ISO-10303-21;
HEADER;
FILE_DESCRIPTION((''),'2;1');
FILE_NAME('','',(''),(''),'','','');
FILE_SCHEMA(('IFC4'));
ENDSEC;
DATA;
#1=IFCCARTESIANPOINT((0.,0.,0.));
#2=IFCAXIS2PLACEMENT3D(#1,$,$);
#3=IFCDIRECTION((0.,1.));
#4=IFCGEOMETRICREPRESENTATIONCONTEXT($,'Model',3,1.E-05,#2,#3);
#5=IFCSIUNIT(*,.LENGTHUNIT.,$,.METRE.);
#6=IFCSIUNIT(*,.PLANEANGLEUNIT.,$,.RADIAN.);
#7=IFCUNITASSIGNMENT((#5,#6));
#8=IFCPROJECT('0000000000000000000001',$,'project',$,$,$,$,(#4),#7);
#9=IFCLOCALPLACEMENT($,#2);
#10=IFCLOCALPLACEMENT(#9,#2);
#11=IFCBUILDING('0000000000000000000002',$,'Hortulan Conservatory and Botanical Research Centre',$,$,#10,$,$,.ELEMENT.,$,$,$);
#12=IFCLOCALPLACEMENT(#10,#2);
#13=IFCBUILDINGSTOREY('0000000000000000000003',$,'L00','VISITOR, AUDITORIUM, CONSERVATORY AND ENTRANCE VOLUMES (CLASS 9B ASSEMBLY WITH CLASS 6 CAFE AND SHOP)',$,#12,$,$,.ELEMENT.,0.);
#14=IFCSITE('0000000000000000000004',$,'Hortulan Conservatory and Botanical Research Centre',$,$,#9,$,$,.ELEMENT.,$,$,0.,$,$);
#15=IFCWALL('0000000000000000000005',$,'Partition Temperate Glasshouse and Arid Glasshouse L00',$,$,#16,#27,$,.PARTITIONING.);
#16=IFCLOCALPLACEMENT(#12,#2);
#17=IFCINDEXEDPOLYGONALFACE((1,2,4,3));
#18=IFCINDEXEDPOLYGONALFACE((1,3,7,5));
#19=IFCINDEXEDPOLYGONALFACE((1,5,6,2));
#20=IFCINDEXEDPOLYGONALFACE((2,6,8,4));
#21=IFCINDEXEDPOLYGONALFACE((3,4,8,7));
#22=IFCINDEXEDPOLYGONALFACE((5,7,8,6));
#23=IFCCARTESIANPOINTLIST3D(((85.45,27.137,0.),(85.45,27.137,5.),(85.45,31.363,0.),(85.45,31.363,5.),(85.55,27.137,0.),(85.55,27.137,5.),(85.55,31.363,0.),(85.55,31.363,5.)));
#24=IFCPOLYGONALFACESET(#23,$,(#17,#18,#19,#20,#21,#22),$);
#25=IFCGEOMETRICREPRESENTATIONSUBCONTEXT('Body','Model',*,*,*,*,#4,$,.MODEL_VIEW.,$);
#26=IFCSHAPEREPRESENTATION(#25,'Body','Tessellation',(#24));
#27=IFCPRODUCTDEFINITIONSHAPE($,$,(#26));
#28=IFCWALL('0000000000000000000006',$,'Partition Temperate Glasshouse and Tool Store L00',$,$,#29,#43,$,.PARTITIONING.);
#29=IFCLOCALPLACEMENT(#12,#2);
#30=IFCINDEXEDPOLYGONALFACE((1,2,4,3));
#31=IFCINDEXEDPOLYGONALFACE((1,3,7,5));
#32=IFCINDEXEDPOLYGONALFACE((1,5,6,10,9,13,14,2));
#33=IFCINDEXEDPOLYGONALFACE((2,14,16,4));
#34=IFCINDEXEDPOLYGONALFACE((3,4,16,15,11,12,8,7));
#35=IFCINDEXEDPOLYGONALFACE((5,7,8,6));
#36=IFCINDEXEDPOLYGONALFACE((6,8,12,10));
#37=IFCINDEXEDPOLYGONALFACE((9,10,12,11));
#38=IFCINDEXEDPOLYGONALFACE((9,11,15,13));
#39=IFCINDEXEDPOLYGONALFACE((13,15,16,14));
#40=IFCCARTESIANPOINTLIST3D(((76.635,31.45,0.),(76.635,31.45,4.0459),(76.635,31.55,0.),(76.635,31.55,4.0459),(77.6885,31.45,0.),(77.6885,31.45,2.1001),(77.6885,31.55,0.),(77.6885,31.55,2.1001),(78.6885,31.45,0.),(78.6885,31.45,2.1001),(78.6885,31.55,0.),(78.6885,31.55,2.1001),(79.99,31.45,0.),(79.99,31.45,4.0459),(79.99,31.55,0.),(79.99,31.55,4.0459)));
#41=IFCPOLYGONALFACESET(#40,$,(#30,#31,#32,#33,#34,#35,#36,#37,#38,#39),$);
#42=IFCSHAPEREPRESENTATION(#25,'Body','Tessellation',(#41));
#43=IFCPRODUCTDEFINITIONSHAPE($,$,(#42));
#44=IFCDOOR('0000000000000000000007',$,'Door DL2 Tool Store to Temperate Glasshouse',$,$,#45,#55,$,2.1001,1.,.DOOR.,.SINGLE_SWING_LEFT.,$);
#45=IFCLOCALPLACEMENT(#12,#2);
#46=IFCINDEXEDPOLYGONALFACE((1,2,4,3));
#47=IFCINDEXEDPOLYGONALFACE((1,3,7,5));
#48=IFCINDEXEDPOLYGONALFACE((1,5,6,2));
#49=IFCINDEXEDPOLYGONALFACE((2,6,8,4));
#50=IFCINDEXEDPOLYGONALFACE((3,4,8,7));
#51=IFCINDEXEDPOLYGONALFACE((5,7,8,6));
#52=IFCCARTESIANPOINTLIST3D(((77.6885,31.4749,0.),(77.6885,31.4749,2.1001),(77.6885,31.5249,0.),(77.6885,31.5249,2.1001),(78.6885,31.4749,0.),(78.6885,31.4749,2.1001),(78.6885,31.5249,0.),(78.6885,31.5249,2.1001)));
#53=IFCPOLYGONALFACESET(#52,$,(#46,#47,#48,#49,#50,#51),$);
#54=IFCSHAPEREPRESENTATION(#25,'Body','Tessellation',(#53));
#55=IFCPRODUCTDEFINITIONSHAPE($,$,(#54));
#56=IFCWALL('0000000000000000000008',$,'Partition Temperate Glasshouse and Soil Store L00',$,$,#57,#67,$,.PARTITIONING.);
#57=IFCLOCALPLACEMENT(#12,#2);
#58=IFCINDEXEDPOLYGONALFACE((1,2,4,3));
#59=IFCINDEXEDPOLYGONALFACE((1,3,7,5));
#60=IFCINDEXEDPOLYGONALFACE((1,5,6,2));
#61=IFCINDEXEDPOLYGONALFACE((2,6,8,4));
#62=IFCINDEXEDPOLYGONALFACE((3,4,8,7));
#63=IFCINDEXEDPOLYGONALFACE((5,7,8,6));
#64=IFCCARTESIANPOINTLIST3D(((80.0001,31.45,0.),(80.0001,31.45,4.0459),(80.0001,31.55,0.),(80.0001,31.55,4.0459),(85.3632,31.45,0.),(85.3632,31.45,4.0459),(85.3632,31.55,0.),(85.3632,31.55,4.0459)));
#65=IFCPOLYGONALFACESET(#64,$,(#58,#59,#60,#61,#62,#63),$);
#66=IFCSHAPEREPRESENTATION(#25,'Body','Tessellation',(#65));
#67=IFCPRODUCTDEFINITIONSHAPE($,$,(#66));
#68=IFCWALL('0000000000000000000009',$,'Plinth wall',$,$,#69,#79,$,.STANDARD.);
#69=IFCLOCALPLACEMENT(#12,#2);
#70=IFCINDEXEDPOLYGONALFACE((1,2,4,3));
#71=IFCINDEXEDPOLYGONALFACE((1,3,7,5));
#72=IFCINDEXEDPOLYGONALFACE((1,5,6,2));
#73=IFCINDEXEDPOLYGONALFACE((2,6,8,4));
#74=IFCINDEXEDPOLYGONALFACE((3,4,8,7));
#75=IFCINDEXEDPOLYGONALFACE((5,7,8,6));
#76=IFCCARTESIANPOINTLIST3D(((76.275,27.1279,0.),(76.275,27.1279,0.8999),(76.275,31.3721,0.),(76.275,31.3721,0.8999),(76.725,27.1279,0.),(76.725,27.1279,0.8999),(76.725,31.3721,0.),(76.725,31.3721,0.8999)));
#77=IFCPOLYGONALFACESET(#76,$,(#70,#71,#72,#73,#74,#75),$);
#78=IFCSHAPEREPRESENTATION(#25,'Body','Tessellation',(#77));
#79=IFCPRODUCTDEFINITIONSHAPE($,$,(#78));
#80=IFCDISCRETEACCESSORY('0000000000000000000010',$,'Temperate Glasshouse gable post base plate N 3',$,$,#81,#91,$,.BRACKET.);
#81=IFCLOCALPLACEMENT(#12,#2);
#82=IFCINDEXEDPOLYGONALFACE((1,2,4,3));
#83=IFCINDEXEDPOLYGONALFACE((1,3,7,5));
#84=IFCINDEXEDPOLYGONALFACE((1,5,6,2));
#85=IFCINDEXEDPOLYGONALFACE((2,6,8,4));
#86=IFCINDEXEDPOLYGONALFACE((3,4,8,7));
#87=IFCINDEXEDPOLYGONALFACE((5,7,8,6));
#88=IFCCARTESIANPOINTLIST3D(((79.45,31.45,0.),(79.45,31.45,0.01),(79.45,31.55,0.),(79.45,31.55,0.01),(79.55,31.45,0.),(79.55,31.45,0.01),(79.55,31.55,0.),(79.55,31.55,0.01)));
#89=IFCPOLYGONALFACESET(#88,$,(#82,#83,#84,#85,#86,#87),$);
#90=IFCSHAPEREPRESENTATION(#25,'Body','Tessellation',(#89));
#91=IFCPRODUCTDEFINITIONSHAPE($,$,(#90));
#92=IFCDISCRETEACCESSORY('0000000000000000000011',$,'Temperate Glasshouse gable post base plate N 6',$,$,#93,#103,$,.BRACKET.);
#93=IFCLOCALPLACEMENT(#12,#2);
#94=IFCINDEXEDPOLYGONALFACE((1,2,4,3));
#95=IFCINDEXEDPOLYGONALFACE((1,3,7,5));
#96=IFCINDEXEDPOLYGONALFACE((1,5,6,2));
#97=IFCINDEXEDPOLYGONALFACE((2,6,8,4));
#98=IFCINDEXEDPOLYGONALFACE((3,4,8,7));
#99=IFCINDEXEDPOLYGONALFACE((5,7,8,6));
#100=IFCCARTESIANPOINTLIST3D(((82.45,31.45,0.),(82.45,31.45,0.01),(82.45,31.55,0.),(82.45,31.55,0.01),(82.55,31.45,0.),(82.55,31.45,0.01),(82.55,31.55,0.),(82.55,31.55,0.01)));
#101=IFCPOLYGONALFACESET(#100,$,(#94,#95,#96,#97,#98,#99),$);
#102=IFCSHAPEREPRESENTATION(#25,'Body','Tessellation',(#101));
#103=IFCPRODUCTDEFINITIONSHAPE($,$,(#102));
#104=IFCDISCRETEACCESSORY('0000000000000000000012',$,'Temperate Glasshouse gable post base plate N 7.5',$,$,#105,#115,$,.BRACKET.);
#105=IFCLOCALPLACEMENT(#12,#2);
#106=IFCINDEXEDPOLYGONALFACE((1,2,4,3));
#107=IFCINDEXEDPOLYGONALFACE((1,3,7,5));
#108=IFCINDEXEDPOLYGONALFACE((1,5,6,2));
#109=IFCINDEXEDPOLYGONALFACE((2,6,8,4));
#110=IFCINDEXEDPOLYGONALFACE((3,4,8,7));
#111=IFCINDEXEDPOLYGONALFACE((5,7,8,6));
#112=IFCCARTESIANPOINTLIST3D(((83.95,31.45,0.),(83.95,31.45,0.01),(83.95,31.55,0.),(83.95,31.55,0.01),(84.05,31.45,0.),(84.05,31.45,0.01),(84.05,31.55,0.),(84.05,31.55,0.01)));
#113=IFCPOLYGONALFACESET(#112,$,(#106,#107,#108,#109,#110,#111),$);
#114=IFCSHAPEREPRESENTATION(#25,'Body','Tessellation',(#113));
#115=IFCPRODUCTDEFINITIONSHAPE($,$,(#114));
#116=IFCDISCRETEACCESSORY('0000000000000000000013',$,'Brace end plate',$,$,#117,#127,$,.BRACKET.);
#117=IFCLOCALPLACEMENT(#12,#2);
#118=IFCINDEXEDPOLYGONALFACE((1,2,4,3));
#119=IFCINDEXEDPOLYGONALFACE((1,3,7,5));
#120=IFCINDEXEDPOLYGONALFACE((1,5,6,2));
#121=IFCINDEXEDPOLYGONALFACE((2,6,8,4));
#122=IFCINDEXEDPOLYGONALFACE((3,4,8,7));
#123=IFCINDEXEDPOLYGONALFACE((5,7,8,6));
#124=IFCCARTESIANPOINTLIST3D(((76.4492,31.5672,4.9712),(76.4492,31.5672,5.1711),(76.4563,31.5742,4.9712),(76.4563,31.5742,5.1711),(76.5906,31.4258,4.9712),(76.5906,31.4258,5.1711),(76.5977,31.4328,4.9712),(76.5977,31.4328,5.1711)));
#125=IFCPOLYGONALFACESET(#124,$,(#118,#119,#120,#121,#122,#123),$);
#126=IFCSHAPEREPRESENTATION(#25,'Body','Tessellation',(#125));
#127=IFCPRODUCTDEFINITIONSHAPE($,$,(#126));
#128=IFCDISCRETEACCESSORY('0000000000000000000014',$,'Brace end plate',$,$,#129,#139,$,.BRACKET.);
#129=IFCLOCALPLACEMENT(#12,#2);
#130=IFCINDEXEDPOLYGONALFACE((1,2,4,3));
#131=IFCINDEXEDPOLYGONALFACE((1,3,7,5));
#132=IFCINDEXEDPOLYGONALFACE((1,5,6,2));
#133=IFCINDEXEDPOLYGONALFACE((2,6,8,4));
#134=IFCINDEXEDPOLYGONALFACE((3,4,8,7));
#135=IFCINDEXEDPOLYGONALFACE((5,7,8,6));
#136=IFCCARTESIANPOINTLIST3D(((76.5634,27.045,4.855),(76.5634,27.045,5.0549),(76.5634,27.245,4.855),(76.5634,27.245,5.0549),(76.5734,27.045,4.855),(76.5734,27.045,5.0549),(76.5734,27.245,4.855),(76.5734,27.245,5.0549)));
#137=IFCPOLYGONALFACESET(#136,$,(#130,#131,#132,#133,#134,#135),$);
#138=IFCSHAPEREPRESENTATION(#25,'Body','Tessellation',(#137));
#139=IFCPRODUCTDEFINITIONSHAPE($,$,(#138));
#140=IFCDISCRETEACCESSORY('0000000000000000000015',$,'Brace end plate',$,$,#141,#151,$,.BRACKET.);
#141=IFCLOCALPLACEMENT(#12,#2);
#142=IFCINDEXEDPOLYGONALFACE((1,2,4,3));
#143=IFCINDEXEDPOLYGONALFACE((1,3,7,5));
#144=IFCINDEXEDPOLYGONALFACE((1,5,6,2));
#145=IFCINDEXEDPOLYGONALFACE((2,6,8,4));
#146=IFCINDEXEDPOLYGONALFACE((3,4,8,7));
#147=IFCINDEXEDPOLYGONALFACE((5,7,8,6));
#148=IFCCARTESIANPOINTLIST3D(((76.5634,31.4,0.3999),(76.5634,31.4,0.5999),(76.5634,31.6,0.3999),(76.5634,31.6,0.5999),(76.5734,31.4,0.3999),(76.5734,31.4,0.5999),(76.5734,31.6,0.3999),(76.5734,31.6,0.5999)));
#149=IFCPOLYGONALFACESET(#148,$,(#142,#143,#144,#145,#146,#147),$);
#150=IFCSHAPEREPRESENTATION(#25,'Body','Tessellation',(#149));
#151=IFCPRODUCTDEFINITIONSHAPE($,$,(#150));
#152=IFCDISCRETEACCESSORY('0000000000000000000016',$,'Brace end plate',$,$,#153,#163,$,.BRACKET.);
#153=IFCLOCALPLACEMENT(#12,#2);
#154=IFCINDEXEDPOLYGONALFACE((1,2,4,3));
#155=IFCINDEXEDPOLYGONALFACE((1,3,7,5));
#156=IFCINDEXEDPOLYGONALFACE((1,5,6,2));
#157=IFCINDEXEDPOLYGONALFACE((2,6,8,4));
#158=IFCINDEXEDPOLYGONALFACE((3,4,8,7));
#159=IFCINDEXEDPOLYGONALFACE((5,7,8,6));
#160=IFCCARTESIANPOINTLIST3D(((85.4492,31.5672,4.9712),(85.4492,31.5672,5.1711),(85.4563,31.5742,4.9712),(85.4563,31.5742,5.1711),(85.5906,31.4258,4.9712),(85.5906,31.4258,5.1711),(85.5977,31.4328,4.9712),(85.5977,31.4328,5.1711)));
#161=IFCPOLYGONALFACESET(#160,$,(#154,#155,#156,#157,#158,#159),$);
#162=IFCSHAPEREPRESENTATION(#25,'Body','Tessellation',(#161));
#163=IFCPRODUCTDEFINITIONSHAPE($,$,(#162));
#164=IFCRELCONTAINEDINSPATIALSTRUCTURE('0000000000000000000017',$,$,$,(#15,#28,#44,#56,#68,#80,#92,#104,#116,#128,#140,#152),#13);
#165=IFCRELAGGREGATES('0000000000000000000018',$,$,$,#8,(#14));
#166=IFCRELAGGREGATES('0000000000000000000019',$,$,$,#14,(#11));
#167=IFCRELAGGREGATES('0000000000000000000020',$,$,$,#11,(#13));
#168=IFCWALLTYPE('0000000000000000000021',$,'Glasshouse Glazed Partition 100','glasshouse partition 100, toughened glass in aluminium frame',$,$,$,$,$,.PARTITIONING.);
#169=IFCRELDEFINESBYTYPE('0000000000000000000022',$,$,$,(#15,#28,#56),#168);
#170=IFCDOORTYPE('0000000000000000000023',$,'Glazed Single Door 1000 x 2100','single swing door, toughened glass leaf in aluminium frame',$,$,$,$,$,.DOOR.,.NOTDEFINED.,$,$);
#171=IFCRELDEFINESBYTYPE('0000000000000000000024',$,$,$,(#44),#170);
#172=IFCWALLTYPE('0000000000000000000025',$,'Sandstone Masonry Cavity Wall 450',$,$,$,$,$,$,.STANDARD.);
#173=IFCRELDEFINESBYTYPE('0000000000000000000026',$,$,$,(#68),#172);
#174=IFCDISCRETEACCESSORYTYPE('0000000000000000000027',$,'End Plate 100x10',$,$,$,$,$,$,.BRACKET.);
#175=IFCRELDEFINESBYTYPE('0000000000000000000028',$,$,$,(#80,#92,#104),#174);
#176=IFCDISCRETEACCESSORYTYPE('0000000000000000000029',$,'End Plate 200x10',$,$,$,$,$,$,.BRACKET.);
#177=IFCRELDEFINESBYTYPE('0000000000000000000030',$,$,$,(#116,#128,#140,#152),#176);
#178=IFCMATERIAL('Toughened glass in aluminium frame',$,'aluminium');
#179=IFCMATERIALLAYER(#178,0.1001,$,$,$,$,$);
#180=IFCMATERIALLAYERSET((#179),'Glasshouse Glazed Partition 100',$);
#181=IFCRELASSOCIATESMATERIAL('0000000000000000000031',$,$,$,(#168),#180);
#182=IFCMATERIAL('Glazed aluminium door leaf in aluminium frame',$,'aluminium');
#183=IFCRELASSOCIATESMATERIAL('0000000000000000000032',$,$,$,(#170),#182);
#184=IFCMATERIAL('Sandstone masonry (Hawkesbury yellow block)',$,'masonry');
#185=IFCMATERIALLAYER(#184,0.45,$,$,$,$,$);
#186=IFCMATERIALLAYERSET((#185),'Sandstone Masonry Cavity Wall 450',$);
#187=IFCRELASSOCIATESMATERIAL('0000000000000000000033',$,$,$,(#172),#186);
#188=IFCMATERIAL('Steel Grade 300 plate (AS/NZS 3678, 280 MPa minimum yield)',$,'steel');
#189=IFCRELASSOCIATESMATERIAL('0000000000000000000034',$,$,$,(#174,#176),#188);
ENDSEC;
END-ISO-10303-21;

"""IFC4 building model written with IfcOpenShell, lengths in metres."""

from ifc_helpers import new_model, si_unit, direction, frame, frame_2d, origin, origin_2d, place, context, subcontext, project, spatial, rectangle, extrude, material, layer, layer_set, type_object, element, fill, save


model = new_model("IFC4")

# Units and contexts
model_context = context("Model", 3, precision=1e-05, world=origin(), true_north=direction((0.0, 1.0)))
body_context = subcontext(model_context, "Body", "Model", "MODEL_VIEW")
ifc_project = project(units=[si_unit("LENGTHUNIT", "METRE"), si_unit("PLANEANGLEUNIT", "RADIAN")], contexts=[model_context])

# Site, building, storey
site_placement = place(None, origin())
site = spatial("IfcSite", under=ifc_project, at=site_placement, Name="Hortulan Conservatory and Botanical Research Centre", CompositionType="ELEMENT", RefElevation=0.0)
building_placement = place(site_placement, origin())
building = spatial("IfcBuilding", under=site, at=building_placement, Name="Hortulan Conservatory and Botanical Research Centre", CompositionType="ELEMENT")
storey_placement = place(building_placement, origin())
storey = spatial("IfcBuildingStorey", under=building, at=storey_placement, Name="L00", Description="VISITOR, AUDITORIUM, CONSERVATORY AND ENTRANCE VOLUMES (CLASS 9B ASSEMBLY WITH CLASS 6 CAFE AND SHOP)", CompositionType="ELEMENT", Elevation=0.0)

# Wall
ifc_material_1 = material(Name="Toughened glass in aluminium frame", Category="aluminium")
ifc_layer_1 = layer(ifc_material_1, 0.1001)
ifc_layer_set_1 = layer_set([ifc_layer_1], Name="Glasshouse Glazed Partition 100")
wall_type_1 = type_object("IfcWallType", Name="Glasshouse Glazed Partition 100", Description="glasshouse partition 100, toughened glass in aluminium frame", PredefinedType="PARTITIONING", material=ifc_layer_set_1)
wall_1_placement = place(storey_placement, frame((85.5, 27.137, 0.0), z_axis=(0.0, 0.0, 1.0), x_axis=(0.0, 1.0, 0.0)))
element("IfcWall", 1, at=wall_1_placement, inside=storey, type_object=wall_type_1, Name="Partition Temperate Glasshouse and Arid Glasshouse L00", PredefinedType="PARTITIONING", context=body_context, shape_type="SweptSolid", body=[
    extrude(rectangle(XDim=4.2261, YDim=0.1001, at=frame_2d((2.113, 0.0))), origin(), (0.0, 0.0, 1.0), 5.0),
])

# Wall, opening, door
wall_2_placement = place(storey_placement, frame((76.635, 31.5, 0.0), z_axis=(0.0, 0.0, 1.0), x_axis=(1.0, 0.0, 0.0)))
wall_2 = element("IfcWall", 2, at=wall_2_placement, inside=storey, type_object=wall_type_1, Name="Partition Temperate Glasshouse and Tool Store L00", PredefinedType="PARTITIONING", context=body_context, shape_type="SweptSolid", body=[
    extrude(rectangle(XDim=3.355, YDim=0.1001, at=frame_2d((1.6775, 0.0))), origin(), (0.0, 0.0, 1.0), 4.0459),
])
opening_placement = place(wall_2_placement, frame((1.0535, 0.0, 0.0)))
opening = element("IfcOpeningElement", 3, at=opening_placement, cuts=wall_2, PredefinedType="OPENING", context=body_context, shape_type="SweptSolid", body=[
    extrude(rectangle(XDim=1.0, YDim=2.1001, at=frame_2d((0.5, 1.05))), frame((0.0, 0.0601, 0.0), z_axis=(0.0, -1.0, 0.0), x_axis=(1.0, 0.0, 0.0)), (0.0, 0.0, 1.0), 0.1201),
])
ifc_material_2 = material(Name="Glazed aluminium door leaf in aluminium frame", Category="aluminium")
door_type = type_object("IfcDoorType", Name="Glazed Single Door 1000 x 2100", Description="single swing door, toughened glass leaf in aluminium frame", OperationType="NOTDEFINED", PredefinedType="DOOR", material=ifc_material_2)
door_placement = place(opening_placement, origin())
door = element("IfcDoor", 4, at=door_placement, inside=storey, type_object=door_type, Name="Door DL2 Tool Store to Temperate Glasshouse", OperationType="SINGLE_SWING_LEFT", OverallHeight=2.1001, OverallWidth=1.0, PredefinedType="DOOR", context=body_context, shape_type="SweptSolid", body=[
    extrude(rectangle(XDim=1.0, YDim=2.1001, at=frame_2d((0.5, 1.05))), frame((0.0, 0.0249, 0.0), z_axis=(0.0, -1.0, 0.0), x_axis=(1.0, 0.0, 0.0)), (0.0, 0.0, 1.0), 0.05),
])
fill(opening, door)

# Walls
wall_3_placement = place(storey_placement, frame((80.0, 31.5, 0.0), z_axis=(0.0, 0.0, 1.0), x_axis=(1.0, 0.0, 0.0)))
element("IfcWall", 5, at=wall_3_placement, inside=storey, type_object=wall_type_1, Name="Partition Temperate Glasshouse and Soil Store L00", PredefinedType="PARTITIONING", context=body_context, shape_type="SweptSolid", body=[
    extrude(rectangle(XDim=5.363, YDim=0.1001, at=frame_2d((2.6816, 0.0))), origin(), (0.0, 0.0, 1.0), 4.0459),
])
ifc_material_3 = material(Name="Sandstone masonry (Hawkesbury yellow block)", Category="masonry")
ifc_layer_2 = layer(ifc_material_3, 0.45)
ifc_layer_set_2 = layer_set([ifc_layer_2], Name="Sandstone Masonry Cavity Wall 450")
wall_type_2 = type_object("IfcWallType", Name="Sandstone Masonry Cavity Wall 450", PredefinedType="STANDARD", material=ifc_layer_set_2)
wall_4_placement = place(storey_placement, frame((76.5, 31.3721, 0.0), z_axis=(0.0, 0.0, 1.0), x_axis=(0.0, -1.0, 0.0)))
element("IfcWall", 6, at=wall_4_placement, inside=storey, type_object=wall_type_2, Name="Plinth wall", PredefinedType="STANDARD", context=body_context, shape_type="SweptSolid", body=[
    extrude(rectangle(XDim=4.2441, YDim=0.45, at=frame_2d((2.1221, 0.0))), origin(), (0.0, 0.0, 1.0), 0.8999),
])

# Discrete accessories
ifc_material_4 = material(Name="Steel Grade 300 plate (AS/NZS 3678, 280 MPa minimum yield)", Category="steel")
discrete_accessory_type_1 = type_object("IfcDiscreteAccessoryType", Name="End Plate 100x10", PredefinedType="BRACKET", material=ifc_material_4)
for number, where, z_axis, x_axis, name in (
    (7, (79.5, 31.5, 0.0), (0.0, 0.0, 1.0), (1.0, 0.0, 0.0), "Temperate Glasshouse gable post base plate N 3"),
    (8, (82.5, 31.5, 0.0), (0.0, 0.0, 1.0), (1.0, 0.0, 0.0), "Temperate Glasshouse gable post base plate N 6"),
    (9, (84.0, 31.5, 0.0), (0.0, 0.0, 1.0), (1.0, 0.0, 0.0), "Temperate Glasshouse gable post base plate N 7.5"),
):
    element("IfcDiscreteAccessory", number, at=place(storey_placement, frame(where, z_axis=z_axis, x_axis=x_axis)), inside=storey, type_object=discrete_accessory_type_1, Name=name, PredefinedType="BRACKET", context=body_context, shape_type="SweptSolid", body=[
        extrude(rectangle(XDim=0.1001, YDim=0.1001, at=origin_2d()), origin(), (0.0, 0.0, 1.0), 0.01),
    ])
discrete_accessory_type_2 = type_object("IfcDiscreteAccessoryType", Name="End Plate 200x10", PredefinedType="BRACKET", material=ifc_material_4)
for number, where, z_axis, x_axis, name in (
    (10, (76.5234, 31.5, 4.9712), (0.0, 0.0, 1.0), (0.707107, -0.707107, 0.0), "Brace end plate"),
    (11, (76.5684, 27.145, 4.855), (0.0, 0.0, 1.0), (0.0, -1.0, 0.0), "Brace end plate"),
    (12, (76.5684, 31.5, 0.3999), (0.0, 0.0, 1.0), (0.0, -1.0, 0.0), "Brace end plate"),
    (13, (85.5234, 31.5, 4.9712), (0.0, 0.0, 1.0), (0.707107, -0.707107, 0.0), "Brace end plate"),
):
    element("IfcDiscreteAccessory", number, at=place(storey_placement, frame(where, z_axis=z_axis, x_axis=x_axis)), inside=storey, type_object=discrete_accessory_type_2, Name=name, PredefinedType="BRACKET", context=body_context, shape_type="SweptSolid", body=[
        extrude(rectangle(XDim=0.2, YDim=0.01, at=origin_2d()), origin(), (0.0, 0.0, 1.0), 0.2),
    ])

save(model, "model.ifc")
